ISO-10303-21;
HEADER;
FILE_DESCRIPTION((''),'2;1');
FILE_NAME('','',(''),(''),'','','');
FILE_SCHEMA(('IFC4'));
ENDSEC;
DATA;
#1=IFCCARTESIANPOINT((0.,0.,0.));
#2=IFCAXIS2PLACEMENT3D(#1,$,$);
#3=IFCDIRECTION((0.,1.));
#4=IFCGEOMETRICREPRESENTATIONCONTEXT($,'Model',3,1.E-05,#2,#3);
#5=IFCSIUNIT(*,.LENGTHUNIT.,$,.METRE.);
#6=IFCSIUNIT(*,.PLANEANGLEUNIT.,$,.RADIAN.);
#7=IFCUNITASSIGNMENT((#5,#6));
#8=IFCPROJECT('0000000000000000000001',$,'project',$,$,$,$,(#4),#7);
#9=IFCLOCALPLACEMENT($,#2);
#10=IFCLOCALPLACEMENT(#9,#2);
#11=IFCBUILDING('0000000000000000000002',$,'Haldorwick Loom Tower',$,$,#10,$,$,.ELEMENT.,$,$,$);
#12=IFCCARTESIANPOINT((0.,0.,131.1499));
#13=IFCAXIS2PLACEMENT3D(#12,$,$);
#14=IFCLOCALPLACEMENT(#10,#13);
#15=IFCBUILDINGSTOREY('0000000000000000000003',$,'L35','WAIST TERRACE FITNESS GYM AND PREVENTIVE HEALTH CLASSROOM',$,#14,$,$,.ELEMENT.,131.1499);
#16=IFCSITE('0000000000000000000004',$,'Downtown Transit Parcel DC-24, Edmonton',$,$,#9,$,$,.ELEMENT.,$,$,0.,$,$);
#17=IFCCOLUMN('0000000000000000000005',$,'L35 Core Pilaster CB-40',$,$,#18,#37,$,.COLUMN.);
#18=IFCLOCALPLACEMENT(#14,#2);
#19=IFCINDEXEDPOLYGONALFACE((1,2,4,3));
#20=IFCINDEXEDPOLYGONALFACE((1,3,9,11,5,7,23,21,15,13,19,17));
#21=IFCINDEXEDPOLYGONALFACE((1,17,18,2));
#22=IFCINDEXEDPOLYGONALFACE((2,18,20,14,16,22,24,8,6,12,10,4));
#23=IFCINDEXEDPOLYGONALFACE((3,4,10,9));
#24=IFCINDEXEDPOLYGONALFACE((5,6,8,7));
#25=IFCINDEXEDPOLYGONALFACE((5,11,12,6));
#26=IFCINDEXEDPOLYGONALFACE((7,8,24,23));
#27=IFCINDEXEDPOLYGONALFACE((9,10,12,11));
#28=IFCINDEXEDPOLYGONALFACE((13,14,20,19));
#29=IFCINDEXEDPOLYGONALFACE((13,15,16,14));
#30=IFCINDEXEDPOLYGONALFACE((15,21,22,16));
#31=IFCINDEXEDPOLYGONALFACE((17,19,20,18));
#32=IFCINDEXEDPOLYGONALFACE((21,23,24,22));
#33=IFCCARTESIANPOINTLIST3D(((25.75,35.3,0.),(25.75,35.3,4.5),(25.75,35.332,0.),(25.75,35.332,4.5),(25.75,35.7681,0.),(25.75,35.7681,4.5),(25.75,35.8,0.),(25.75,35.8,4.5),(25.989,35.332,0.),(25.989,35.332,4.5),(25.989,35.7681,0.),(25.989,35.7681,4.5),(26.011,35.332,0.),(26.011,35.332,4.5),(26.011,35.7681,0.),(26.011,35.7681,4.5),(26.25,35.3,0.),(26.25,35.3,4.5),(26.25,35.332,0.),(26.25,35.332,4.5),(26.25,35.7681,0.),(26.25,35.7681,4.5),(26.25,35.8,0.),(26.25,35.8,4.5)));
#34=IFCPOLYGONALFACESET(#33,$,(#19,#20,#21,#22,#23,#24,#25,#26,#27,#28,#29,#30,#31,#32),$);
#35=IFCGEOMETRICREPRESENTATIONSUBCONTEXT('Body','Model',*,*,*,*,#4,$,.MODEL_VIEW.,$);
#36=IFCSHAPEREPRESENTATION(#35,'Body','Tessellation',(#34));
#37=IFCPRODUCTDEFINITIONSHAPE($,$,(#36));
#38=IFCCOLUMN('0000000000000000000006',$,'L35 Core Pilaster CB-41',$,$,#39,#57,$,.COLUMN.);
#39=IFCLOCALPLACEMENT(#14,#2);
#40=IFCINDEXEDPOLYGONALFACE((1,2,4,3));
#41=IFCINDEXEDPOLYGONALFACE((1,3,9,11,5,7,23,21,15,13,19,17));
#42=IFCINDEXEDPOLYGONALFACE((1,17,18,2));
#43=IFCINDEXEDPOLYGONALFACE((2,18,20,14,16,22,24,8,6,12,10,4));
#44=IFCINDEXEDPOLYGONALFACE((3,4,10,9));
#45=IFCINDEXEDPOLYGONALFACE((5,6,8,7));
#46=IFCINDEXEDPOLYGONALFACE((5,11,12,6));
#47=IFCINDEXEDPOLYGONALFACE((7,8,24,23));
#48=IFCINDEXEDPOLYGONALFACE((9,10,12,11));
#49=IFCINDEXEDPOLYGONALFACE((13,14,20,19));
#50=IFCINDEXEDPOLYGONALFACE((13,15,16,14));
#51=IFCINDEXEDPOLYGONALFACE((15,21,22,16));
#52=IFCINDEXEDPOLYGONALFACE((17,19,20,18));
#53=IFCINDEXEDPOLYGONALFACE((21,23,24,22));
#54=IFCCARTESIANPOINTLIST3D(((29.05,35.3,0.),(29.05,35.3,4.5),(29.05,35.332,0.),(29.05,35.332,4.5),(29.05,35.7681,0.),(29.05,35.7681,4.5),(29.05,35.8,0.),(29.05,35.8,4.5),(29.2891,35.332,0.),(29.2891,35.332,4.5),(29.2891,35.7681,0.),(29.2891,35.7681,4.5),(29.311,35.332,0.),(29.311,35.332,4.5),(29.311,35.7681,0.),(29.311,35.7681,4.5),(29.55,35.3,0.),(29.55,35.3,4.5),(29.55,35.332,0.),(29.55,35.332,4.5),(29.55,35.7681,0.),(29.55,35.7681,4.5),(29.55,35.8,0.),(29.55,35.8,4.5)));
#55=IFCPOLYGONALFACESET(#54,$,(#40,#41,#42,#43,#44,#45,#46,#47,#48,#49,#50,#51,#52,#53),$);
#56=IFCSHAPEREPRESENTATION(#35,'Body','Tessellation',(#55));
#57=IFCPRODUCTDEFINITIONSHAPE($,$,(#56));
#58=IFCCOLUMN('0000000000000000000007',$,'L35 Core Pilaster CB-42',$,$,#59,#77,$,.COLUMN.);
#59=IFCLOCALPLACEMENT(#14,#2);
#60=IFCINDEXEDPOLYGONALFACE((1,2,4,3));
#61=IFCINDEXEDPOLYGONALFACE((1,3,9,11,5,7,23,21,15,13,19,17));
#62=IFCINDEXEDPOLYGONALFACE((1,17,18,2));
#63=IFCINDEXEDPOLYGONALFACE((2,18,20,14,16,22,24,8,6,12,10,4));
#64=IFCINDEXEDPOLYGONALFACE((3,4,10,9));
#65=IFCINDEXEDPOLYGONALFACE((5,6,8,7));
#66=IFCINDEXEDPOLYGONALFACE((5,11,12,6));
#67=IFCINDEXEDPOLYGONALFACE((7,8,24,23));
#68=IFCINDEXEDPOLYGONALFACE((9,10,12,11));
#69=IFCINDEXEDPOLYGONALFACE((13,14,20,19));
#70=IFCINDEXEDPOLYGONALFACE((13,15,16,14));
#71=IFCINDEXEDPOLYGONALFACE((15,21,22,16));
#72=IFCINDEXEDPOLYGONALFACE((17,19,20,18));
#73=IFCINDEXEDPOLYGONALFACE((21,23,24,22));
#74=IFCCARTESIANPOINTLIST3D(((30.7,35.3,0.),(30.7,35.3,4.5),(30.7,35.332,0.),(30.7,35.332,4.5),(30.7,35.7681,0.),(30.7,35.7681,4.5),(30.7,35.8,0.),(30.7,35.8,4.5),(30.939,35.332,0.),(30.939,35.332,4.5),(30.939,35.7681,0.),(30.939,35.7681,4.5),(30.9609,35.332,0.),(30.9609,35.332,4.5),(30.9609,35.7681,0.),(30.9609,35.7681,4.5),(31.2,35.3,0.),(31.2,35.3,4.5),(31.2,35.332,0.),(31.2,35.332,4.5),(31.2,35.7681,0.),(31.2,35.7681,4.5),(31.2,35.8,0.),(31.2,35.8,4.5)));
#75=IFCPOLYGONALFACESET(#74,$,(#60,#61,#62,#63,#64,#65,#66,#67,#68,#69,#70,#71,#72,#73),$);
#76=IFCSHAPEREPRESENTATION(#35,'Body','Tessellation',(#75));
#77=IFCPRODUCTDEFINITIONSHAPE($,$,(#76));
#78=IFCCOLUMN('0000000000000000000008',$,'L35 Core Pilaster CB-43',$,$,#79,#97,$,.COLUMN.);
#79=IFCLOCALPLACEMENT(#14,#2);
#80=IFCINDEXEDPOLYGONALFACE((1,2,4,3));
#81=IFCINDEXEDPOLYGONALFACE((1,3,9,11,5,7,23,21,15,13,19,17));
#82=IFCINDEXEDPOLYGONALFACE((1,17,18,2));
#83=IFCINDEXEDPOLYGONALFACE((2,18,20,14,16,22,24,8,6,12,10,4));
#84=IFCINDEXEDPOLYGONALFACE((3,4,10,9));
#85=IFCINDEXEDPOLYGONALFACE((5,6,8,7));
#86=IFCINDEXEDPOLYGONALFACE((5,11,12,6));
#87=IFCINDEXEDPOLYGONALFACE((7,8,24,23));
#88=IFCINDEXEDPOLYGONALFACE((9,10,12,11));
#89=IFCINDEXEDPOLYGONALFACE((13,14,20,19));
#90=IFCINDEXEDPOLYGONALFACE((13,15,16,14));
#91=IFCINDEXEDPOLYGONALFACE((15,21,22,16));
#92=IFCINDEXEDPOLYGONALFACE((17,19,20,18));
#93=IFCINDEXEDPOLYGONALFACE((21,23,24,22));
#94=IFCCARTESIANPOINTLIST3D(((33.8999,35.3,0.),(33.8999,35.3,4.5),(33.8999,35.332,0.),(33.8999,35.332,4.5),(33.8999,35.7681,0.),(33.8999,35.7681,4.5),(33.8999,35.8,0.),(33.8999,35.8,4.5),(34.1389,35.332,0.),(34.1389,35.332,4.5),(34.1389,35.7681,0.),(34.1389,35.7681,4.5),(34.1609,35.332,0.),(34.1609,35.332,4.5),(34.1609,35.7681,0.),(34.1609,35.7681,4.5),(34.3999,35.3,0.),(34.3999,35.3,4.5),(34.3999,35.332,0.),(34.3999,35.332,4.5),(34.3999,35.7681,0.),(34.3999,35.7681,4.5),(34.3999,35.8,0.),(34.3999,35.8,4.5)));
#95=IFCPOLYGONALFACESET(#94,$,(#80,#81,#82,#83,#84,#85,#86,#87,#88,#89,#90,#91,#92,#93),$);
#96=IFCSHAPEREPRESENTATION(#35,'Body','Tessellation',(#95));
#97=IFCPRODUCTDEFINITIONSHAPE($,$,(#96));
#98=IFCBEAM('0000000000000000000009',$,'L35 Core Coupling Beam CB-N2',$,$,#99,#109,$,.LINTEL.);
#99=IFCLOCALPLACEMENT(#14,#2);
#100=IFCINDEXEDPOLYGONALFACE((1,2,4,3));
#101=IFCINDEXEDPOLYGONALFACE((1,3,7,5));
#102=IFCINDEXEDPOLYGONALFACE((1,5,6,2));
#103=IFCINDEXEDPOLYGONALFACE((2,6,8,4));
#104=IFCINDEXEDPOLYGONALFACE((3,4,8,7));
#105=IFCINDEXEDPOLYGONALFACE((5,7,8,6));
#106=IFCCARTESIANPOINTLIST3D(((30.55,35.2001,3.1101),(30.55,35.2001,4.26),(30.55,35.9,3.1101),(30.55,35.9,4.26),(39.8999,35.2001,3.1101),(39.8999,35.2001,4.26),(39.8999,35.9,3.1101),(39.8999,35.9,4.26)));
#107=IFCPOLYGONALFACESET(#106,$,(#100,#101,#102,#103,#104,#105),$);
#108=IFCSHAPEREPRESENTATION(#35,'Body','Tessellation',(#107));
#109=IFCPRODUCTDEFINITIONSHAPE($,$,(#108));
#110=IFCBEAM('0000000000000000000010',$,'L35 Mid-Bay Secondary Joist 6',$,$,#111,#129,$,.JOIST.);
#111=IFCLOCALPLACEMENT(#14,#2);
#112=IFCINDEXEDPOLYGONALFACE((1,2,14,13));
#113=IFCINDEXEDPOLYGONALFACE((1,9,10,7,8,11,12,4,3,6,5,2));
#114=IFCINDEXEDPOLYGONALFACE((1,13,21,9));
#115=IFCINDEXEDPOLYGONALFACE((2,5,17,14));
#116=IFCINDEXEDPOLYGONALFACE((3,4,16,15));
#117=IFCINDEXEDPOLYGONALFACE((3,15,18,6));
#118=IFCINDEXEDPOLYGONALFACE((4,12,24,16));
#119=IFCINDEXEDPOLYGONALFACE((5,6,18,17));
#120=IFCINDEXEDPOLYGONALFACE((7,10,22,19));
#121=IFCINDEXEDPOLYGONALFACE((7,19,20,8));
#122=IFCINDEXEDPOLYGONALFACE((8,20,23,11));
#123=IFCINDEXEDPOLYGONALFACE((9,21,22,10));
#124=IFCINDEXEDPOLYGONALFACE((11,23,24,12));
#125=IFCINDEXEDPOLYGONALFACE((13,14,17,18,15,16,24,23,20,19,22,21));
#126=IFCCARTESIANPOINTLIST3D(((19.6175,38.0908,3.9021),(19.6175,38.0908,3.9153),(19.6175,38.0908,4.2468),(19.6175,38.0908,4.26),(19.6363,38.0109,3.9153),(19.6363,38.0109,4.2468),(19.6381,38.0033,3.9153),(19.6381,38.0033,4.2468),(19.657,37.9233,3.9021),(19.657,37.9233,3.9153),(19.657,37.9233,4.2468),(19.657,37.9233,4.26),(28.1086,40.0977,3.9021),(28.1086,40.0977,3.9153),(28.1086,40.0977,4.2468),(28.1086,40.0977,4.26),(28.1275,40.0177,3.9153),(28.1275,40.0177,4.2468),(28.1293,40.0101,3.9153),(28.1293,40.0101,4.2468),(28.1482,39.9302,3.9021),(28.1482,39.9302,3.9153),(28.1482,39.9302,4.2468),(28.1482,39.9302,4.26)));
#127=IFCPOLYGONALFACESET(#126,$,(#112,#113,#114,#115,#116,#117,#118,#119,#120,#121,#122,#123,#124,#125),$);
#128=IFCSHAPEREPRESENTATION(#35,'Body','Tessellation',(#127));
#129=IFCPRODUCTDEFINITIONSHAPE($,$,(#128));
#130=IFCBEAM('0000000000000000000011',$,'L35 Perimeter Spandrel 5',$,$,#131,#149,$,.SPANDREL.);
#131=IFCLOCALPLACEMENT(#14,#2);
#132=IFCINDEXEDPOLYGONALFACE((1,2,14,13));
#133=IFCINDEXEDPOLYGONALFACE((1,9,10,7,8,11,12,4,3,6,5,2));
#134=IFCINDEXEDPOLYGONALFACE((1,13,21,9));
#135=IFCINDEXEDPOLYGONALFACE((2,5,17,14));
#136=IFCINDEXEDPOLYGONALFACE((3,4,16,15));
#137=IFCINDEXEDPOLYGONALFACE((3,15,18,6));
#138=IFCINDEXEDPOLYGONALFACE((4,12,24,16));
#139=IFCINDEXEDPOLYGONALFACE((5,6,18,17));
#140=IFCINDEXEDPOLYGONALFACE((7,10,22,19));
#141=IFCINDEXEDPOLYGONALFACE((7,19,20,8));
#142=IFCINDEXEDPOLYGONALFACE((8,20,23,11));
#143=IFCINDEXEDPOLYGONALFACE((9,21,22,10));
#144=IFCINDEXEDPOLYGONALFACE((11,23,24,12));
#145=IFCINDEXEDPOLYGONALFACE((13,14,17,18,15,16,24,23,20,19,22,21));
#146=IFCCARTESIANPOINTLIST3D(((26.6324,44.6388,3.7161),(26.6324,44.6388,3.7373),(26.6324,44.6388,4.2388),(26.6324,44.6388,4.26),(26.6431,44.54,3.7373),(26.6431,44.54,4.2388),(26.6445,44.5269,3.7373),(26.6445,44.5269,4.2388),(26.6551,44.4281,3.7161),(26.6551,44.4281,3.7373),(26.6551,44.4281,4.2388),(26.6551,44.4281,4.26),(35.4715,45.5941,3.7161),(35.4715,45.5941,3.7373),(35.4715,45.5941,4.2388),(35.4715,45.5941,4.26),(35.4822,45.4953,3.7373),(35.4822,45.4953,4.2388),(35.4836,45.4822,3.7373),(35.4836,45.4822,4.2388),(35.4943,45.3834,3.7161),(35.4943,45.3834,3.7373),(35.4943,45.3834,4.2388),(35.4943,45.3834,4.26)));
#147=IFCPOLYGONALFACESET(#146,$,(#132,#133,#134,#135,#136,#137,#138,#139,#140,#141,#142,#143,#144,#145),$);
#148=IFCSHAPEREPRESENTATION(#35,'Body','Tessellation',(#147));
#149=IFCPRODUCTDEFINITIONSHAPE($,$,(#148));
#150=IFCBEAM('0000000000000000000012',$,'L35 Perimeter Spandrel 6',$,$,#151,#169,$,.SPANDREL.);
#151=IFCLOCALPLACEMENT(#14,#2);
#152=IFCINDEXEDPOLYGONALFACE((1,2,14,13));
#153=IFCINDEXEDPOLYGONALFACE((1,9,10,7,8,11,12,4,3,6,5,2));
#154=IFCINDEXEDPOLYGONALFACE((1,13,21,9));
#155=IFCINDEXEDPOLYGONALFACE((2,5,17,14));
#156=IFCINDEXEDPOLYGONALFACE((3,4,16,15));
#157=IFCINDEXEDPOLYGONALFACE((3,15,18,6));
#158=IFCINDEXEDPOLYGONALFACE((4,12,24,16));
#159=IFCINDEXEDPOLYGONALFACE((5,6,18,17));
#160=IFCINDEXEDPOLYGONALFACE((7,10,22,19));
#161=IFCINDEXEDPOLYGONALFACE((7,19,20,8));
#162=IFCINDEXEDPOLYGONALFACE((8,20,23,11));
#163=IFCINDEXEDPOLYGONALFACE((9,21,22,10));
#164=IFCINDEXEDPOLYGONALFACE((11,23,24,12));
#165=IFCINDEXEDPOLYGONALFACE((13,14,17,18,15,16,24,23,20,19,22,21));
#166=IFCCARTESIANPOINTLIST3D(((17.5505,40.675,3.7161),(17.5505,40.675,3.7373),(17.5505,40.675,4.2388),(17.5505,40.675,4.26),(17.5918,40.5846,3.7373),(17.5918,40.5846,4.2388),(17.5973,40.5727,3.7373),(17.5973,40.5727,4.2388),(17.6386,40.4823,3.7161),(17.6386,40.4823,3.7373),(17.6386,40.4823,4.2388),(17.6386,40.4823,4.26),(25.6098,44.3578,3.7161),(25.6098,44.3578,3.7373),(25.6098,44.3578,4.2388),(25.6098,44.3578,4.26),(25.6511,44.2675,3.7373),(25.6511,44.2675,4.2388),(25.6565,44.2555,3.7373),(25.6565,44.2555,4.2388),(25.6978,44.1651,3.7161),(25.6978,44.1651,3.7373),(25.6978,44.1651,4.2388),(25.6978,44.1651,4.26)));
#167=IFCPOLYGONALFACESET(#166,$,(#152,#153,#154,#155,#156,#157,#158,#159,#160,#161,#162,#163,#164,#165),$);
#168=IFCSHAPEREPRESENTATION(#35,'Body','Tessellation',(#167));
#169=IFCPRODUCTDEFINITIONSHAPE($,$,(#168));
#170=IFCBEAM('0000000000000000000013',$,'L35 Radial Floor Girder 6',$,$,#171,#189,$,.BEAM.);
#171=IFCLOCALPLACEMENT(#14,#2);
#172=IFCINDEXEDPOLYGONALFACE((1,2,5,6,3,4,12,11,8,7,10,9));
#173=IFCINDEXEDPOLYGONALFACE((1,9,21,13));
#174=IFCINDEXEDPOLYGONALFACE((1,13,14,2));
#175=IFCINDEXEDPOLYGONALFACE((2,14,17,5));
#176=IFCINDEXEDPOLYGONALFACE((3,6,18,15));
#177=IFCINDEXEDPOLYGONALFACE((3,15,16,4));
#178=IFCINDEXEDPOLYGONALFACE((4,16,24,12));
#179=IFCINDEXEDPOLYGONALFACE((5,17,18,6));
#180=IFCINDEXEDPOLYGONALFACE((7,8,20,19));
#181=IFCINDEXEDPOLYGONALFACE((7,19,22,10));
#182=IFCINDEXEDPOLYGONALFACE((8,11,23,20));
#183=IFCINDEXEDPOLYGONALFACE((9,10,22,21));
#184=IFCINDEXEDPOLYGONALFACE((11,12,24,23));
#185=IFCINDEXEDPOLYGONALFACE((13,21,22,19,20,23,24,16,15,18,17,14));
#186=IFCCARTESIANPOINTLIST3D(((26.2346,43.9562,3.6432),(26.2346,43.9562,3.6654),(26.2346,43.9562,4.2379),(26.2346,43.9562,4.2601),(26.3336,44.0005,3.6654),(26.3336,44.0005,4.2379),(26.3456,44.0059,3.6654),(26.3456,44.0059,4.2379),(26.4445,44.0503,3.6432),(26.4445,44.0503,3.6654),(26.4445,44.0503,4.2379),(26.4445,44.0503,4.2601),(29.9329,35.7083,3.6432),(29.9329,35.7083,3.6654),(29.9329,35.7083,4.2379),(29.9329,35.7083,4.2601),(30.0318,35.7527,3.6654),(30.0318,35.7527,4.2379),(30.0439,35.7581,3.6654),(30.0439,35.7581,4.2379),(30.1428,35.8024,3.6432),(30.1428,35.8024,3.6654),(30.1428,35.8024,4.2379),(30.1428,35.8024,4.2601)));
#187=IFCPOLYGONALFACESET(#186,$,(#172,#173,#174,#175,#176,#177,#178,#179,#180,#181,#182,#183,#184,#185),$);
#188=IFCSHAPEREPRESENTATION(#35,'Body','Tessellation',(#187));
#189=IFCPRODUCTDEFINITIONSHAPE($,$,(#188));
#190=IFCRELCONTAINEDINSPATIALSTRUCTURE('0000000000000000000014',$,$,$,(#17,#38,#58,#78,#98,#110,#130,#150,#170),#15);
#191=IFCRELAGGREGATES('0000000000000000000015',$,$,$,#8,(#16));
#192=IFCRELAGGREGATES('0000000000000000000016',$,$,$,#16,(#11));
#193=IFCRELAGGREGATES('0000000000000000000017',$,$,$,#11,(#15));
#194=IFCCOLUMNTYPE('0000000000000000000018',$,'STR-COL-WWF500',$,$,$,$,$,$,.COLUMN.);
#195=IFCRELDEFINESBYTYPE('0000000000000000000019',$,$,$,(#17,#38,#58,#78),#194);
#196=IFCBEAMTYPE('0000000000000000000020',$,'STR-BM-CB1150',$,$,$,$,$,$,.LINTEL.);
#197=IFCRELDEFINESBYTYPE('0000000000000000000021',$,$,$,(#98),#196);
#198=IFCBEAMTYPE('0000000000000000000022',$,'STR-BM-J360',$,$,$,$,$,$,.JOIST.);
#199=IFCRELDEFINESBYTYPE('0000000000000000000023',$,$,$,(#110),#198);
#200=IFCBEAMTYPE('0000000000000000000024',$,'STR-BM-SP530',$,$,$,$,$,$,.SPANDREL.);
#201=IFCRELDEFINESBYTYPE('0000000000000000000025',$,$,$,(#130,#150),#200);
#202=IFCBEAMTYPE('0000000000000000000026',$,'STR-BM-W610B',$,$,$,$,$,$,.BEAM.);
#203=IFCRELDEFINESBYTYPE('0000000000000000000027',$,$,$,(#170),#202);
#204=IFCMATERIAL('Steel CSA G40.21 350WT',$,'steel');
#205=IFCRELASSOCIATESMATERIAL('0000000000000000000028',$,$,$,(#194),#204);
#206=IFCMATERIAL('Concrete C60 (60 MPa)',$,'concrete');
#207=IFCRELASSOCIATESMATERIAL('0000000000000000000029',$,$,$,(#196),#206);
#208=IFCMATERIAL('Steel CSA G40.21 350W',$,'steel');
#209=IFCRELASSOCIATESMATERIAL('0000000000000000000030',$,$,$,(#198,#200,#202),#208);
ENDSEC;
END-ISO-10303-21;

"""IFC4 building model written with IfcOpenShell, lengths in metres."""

from ifc_helpers import new_model, si_unit, direction, frame, origin, origin_2d, place, context, subcontext, project, spatial, rectangle, i_section, extrude, material, material_profile, profile_set, type_object, element, save


model = new_model("IFC4")

# Units and contexts
model_context = context("Model", 3, precision=1e-05, world=origin(), true_north=direction((0.0, 1.0)))
body_context = subcontext(model_context, "Body", "Model", "MODEL_VIEW")
ifc_project = project(units=[si_unit("LENGTHUNIT", "METRE"), si_unit("PLANEANGLEUNIT", "RADIAN")], contexts=[model_context])

# Site, building, storey
site_placement = place(None, origin())
site = spatial("IfcSite", under=ifc_project, at=site_placement, Name="Downtown Transit Parcel DC-24, Edmonton", CompositionType="ELEMENT", RefElevation=0.0)
building_placement = place(site_placement, origin())
building = spatial("IfcBuilding", under=site, at=building_placement, Name="Haldorwick Loom Tower", CompositionType="ELEMENT")
storey_placement = place(building_placement, frame((0.0, 0.0, 131.1499)))
storey = spatial("IfcBuildingStorey", under=building, at=storey_placement, Name="L35", Description="WAIST TERRACE FITNESS GYM AND PREVENTIVE HEALTH CLASSROOM", CompositionType="ELEMENT", Elevation=131.1499)

# Columns
ifc_material_1 = material(Name="Concrete C60 (60 MPa)", Category="concrete")
ifc_material_2 = material(Name="Steel CSA G40.21 350WT", Category="steel")
ifc_material_profile_1 = material_profile(ifc_material_2, i_section(OverallWidth=0.5, OverallDepth=0.5, WebThickness=0.022, FlangeThickness=0.032, at=origin_2d()), Name="WWF500X500", Category="steel")
ifc_profile_set_1 = profile_set([ifc_material_profile_1], Name="Steel CSA G40.21 350WT")
column_type_1 = type_object("IfcColumnType", Name="STR-COL-WWF500", PredefinedType="COLUMN", material=ifc_profile_set_1)
for number, where, z_axis, x_axis, name in (
    (1, (26.0, 35.55, 0.0), (0.0, 0.0, 1.0), (1.0, 0.0, 0.0), "L35 Core Pilaster CB-40"),
    (2, (29.3, 35.55, 0.0), (0.0, 0.0, 1.0), (1.0, 0.0, 0.0), "L35 Core Pilaster CB-41"),
    (3, (30.95, 35.55, 0.0), (0.0, 0.0, 1.0), (1.0, 0.0, 0.0), "L35 Core Pilaster CB-42"),
    (4, (34.1499, 35.55, 0.0), (0.0, 0.0, 1.0), (1.0, 0.0, 0.0), "L35 Core Pilaster CB-43"),
):
    element("IfcColumn", number, at=place(storey_placement, frame(where, z_axis=z_axis, x_axis=x_axis)), inside=storey, type_object=column_type_1, Name=name, PredefinedType="COLUMN", context=body_context, shape_type="SweptSolid", body=[
        extrude(i_section(OverallWidth=0.5, OverallDepth=0.5, WebThickness=0.022, FlangeThickness=0.032, at=origin_2d()), origin(), (0.0, 0.0, 1.0), 4.5),
    ])

# Beams
ifc_material_profile_2 = material_profile(ifc_material_1, rectangle(XDim=0.7, YDim=1.1499, at=origin_2d()), Name="RC700X1150", Category="concrete")
ifc_profile_set_2 = profile_set([ifc_material_profile_2], Name="Concrete C60 (60 MPa)")
beam_type_1 = type_object("IfcBeamType", Name="STR-BM-CB1150", PredefinedType="LINTEL", material=ifc_profile_set_2)
beam_1_placement = place(storey_placement, frame((30.55, 35.55, 3.6851), z_axis=(1.0, 0.0, 0.0), x_axis=(0.0, 1.0, 0.0)))
element("IfcBeam", 5, at=beam_1_placement, inside=storey, type_object=beam_type_1, Name="L35 Core Coupling Beam CB-N2", PredefinedType="LINTEL", context=body_context, shape_type="SweptSolid", body=[
    extrude(rectangle(XDim=0.7, YDim=1.1499, at=origin_2d()), origin(), (0.0, 0.0, 1.0), 9.3499),
])
ifc_material_3 = material(Name="Steel CSA G40.21 350W", Category="steel")
ifc_material_profile_3 = material_profile(ifc_material_3, i_section(OverallWidth=0.1721, OverallDepth=0.3579, WebThickness=0.0078, FlangeThickness=0.0132, at=origin_2d()), Name="W360X57", Category="steel")
ifc_profile_set_3 = profile_set([ifc_material_profile_3], Name="Steel CSA G40.21 350W")
beam_type_2 = type_object("IfcBeamType", Name="STR-BM-J360", PredefinedType="JOIST", material=ifc_profile_set_3)
beam_2_placement = place(storey_placement, frame((28.1284, 40.0139, 4.0811), z_axis=(-0.973189, -0.230006, 0.0), x_axis=(0.230006, -0.973189, 0.0)))
element("IfcBeam", 6, at=beam_2_placement, inside=storey, type_object=beam_type_2, Name="L35 Mid-Bay Secondary Joist 6", PredefinedType="JOIST", context=body_context, shape_type="SweptSolid", body=[
    extrude(i_section(OverallWidth=0.1721, OverallDepth=0.3579, WebThickness=0.0078, FlangeThickness=0.0132, at=origin_2d()), origin(), (0.0, 0.0, 1.0), 8.7251),
])
ifc_material_profile_4 = material_profile(ifc_material_3, i_section(OverallWidth=0.2119, OverallDepth=0.5439, WebThickness=0.0132, FlangeThickness=0.0212, at=origin_2d()), Name="W530X123", Category="steel")
ifc_profile_set_4 = profile_set([ifc_material_profile_4], Name="Steel CSA G40.21 350W")
beam_type_3 = type_object("IfcBeamType", Name="STR-BM-SP530", PredefinedType="SPANDREL", material=ifc_profile_set_4)
beam_3_placement = place(storey_placement, frame((35.4829, 45.4888, 3.988), z_axis=(-0.99421, -0.107453, 0.0), x_axis=(0.107453, -0.99421, 0.0)))
element("IfcBeam", 7, at=beam_3_placement, inside=storey, type_object=beam_type_3, Name="L35 Perimeter Spandrel 5", PredefinedType="SPANDREL", context=body_context, shape_type="SweptSolid", body=[
    extrude(i_section(OverallWidth=0.2119, OverallDepth=0.5439, WebThickness=0.0132, FlangeThickness=0.0212, at=origin_2d()), origin(), (0.0, 0.0, 1.0), 8.8906),
])
beam_4_placement = place(storey_placement, frame((25.6538, 44.2615, 3.988), z_axis=(-0.909534, -0.415629, 0.0), x_axis=(0.415629, -0.909534, 0.0)))
element("IfcBeam", 8, at=beam_4_placement, inside=storey, type_object=beam_type_3, Name="L35 Perimeter Spandrel 6", PredefinedType="SPANDREL", context=body_context, shape_type="SweptSolid", body=[
    extrude(i_section(OverallWidth=0.2119, OverallDepth=0.5439, WebThickness=0.0132, FlangeThickness=0.0212, at=origin_2d()), origin(), (0.0, 0.0, 1.0), 8.8608),
])
ifc_material_profile_5 = material_profile(ifc_material_3, i_section(OverallWidth=0.23, OverallDepth=0.6169, WebThickness=0.0132, FlangeThickness=0.0222, at=origin_2d()), Name="W610X140", Category="steel")
ifc_profile_set_5 = profile_set([ifc_material_profile_5], Name="Steel CSA G40.21 350W")
beam_type_4 = type_object("IfcBeamType", Name="STR-BM-W610B", PredefinedType="BEAM", material=ifc_profile_set_5)
beam_5_placement = place(storey_placement, frame((30.0378, 35.7554, 3.9517), z_axis=(-0.409144, 0.91247, 0.0), x_axis=(-0.91247, -0.409144, 0.0)))
element("IfcBeam", 9, at=beam_5_placement, inside=storey, type_object=beam_type_4, Name="L35 Radial Floor Girder 6", PredefinedType="BEAM", context=body_context, shape_type="SweptSolid", body=[
    extrude(i_section(OverallWidth=0.23, OverallDepth=0.6169, WebThickness=0.0132, FlangeThickness=0.0222, at=origin_2d()), origin(), (0.0, 0.0, 1.0), 9.0391),
])

save(model, "model.ifc")
